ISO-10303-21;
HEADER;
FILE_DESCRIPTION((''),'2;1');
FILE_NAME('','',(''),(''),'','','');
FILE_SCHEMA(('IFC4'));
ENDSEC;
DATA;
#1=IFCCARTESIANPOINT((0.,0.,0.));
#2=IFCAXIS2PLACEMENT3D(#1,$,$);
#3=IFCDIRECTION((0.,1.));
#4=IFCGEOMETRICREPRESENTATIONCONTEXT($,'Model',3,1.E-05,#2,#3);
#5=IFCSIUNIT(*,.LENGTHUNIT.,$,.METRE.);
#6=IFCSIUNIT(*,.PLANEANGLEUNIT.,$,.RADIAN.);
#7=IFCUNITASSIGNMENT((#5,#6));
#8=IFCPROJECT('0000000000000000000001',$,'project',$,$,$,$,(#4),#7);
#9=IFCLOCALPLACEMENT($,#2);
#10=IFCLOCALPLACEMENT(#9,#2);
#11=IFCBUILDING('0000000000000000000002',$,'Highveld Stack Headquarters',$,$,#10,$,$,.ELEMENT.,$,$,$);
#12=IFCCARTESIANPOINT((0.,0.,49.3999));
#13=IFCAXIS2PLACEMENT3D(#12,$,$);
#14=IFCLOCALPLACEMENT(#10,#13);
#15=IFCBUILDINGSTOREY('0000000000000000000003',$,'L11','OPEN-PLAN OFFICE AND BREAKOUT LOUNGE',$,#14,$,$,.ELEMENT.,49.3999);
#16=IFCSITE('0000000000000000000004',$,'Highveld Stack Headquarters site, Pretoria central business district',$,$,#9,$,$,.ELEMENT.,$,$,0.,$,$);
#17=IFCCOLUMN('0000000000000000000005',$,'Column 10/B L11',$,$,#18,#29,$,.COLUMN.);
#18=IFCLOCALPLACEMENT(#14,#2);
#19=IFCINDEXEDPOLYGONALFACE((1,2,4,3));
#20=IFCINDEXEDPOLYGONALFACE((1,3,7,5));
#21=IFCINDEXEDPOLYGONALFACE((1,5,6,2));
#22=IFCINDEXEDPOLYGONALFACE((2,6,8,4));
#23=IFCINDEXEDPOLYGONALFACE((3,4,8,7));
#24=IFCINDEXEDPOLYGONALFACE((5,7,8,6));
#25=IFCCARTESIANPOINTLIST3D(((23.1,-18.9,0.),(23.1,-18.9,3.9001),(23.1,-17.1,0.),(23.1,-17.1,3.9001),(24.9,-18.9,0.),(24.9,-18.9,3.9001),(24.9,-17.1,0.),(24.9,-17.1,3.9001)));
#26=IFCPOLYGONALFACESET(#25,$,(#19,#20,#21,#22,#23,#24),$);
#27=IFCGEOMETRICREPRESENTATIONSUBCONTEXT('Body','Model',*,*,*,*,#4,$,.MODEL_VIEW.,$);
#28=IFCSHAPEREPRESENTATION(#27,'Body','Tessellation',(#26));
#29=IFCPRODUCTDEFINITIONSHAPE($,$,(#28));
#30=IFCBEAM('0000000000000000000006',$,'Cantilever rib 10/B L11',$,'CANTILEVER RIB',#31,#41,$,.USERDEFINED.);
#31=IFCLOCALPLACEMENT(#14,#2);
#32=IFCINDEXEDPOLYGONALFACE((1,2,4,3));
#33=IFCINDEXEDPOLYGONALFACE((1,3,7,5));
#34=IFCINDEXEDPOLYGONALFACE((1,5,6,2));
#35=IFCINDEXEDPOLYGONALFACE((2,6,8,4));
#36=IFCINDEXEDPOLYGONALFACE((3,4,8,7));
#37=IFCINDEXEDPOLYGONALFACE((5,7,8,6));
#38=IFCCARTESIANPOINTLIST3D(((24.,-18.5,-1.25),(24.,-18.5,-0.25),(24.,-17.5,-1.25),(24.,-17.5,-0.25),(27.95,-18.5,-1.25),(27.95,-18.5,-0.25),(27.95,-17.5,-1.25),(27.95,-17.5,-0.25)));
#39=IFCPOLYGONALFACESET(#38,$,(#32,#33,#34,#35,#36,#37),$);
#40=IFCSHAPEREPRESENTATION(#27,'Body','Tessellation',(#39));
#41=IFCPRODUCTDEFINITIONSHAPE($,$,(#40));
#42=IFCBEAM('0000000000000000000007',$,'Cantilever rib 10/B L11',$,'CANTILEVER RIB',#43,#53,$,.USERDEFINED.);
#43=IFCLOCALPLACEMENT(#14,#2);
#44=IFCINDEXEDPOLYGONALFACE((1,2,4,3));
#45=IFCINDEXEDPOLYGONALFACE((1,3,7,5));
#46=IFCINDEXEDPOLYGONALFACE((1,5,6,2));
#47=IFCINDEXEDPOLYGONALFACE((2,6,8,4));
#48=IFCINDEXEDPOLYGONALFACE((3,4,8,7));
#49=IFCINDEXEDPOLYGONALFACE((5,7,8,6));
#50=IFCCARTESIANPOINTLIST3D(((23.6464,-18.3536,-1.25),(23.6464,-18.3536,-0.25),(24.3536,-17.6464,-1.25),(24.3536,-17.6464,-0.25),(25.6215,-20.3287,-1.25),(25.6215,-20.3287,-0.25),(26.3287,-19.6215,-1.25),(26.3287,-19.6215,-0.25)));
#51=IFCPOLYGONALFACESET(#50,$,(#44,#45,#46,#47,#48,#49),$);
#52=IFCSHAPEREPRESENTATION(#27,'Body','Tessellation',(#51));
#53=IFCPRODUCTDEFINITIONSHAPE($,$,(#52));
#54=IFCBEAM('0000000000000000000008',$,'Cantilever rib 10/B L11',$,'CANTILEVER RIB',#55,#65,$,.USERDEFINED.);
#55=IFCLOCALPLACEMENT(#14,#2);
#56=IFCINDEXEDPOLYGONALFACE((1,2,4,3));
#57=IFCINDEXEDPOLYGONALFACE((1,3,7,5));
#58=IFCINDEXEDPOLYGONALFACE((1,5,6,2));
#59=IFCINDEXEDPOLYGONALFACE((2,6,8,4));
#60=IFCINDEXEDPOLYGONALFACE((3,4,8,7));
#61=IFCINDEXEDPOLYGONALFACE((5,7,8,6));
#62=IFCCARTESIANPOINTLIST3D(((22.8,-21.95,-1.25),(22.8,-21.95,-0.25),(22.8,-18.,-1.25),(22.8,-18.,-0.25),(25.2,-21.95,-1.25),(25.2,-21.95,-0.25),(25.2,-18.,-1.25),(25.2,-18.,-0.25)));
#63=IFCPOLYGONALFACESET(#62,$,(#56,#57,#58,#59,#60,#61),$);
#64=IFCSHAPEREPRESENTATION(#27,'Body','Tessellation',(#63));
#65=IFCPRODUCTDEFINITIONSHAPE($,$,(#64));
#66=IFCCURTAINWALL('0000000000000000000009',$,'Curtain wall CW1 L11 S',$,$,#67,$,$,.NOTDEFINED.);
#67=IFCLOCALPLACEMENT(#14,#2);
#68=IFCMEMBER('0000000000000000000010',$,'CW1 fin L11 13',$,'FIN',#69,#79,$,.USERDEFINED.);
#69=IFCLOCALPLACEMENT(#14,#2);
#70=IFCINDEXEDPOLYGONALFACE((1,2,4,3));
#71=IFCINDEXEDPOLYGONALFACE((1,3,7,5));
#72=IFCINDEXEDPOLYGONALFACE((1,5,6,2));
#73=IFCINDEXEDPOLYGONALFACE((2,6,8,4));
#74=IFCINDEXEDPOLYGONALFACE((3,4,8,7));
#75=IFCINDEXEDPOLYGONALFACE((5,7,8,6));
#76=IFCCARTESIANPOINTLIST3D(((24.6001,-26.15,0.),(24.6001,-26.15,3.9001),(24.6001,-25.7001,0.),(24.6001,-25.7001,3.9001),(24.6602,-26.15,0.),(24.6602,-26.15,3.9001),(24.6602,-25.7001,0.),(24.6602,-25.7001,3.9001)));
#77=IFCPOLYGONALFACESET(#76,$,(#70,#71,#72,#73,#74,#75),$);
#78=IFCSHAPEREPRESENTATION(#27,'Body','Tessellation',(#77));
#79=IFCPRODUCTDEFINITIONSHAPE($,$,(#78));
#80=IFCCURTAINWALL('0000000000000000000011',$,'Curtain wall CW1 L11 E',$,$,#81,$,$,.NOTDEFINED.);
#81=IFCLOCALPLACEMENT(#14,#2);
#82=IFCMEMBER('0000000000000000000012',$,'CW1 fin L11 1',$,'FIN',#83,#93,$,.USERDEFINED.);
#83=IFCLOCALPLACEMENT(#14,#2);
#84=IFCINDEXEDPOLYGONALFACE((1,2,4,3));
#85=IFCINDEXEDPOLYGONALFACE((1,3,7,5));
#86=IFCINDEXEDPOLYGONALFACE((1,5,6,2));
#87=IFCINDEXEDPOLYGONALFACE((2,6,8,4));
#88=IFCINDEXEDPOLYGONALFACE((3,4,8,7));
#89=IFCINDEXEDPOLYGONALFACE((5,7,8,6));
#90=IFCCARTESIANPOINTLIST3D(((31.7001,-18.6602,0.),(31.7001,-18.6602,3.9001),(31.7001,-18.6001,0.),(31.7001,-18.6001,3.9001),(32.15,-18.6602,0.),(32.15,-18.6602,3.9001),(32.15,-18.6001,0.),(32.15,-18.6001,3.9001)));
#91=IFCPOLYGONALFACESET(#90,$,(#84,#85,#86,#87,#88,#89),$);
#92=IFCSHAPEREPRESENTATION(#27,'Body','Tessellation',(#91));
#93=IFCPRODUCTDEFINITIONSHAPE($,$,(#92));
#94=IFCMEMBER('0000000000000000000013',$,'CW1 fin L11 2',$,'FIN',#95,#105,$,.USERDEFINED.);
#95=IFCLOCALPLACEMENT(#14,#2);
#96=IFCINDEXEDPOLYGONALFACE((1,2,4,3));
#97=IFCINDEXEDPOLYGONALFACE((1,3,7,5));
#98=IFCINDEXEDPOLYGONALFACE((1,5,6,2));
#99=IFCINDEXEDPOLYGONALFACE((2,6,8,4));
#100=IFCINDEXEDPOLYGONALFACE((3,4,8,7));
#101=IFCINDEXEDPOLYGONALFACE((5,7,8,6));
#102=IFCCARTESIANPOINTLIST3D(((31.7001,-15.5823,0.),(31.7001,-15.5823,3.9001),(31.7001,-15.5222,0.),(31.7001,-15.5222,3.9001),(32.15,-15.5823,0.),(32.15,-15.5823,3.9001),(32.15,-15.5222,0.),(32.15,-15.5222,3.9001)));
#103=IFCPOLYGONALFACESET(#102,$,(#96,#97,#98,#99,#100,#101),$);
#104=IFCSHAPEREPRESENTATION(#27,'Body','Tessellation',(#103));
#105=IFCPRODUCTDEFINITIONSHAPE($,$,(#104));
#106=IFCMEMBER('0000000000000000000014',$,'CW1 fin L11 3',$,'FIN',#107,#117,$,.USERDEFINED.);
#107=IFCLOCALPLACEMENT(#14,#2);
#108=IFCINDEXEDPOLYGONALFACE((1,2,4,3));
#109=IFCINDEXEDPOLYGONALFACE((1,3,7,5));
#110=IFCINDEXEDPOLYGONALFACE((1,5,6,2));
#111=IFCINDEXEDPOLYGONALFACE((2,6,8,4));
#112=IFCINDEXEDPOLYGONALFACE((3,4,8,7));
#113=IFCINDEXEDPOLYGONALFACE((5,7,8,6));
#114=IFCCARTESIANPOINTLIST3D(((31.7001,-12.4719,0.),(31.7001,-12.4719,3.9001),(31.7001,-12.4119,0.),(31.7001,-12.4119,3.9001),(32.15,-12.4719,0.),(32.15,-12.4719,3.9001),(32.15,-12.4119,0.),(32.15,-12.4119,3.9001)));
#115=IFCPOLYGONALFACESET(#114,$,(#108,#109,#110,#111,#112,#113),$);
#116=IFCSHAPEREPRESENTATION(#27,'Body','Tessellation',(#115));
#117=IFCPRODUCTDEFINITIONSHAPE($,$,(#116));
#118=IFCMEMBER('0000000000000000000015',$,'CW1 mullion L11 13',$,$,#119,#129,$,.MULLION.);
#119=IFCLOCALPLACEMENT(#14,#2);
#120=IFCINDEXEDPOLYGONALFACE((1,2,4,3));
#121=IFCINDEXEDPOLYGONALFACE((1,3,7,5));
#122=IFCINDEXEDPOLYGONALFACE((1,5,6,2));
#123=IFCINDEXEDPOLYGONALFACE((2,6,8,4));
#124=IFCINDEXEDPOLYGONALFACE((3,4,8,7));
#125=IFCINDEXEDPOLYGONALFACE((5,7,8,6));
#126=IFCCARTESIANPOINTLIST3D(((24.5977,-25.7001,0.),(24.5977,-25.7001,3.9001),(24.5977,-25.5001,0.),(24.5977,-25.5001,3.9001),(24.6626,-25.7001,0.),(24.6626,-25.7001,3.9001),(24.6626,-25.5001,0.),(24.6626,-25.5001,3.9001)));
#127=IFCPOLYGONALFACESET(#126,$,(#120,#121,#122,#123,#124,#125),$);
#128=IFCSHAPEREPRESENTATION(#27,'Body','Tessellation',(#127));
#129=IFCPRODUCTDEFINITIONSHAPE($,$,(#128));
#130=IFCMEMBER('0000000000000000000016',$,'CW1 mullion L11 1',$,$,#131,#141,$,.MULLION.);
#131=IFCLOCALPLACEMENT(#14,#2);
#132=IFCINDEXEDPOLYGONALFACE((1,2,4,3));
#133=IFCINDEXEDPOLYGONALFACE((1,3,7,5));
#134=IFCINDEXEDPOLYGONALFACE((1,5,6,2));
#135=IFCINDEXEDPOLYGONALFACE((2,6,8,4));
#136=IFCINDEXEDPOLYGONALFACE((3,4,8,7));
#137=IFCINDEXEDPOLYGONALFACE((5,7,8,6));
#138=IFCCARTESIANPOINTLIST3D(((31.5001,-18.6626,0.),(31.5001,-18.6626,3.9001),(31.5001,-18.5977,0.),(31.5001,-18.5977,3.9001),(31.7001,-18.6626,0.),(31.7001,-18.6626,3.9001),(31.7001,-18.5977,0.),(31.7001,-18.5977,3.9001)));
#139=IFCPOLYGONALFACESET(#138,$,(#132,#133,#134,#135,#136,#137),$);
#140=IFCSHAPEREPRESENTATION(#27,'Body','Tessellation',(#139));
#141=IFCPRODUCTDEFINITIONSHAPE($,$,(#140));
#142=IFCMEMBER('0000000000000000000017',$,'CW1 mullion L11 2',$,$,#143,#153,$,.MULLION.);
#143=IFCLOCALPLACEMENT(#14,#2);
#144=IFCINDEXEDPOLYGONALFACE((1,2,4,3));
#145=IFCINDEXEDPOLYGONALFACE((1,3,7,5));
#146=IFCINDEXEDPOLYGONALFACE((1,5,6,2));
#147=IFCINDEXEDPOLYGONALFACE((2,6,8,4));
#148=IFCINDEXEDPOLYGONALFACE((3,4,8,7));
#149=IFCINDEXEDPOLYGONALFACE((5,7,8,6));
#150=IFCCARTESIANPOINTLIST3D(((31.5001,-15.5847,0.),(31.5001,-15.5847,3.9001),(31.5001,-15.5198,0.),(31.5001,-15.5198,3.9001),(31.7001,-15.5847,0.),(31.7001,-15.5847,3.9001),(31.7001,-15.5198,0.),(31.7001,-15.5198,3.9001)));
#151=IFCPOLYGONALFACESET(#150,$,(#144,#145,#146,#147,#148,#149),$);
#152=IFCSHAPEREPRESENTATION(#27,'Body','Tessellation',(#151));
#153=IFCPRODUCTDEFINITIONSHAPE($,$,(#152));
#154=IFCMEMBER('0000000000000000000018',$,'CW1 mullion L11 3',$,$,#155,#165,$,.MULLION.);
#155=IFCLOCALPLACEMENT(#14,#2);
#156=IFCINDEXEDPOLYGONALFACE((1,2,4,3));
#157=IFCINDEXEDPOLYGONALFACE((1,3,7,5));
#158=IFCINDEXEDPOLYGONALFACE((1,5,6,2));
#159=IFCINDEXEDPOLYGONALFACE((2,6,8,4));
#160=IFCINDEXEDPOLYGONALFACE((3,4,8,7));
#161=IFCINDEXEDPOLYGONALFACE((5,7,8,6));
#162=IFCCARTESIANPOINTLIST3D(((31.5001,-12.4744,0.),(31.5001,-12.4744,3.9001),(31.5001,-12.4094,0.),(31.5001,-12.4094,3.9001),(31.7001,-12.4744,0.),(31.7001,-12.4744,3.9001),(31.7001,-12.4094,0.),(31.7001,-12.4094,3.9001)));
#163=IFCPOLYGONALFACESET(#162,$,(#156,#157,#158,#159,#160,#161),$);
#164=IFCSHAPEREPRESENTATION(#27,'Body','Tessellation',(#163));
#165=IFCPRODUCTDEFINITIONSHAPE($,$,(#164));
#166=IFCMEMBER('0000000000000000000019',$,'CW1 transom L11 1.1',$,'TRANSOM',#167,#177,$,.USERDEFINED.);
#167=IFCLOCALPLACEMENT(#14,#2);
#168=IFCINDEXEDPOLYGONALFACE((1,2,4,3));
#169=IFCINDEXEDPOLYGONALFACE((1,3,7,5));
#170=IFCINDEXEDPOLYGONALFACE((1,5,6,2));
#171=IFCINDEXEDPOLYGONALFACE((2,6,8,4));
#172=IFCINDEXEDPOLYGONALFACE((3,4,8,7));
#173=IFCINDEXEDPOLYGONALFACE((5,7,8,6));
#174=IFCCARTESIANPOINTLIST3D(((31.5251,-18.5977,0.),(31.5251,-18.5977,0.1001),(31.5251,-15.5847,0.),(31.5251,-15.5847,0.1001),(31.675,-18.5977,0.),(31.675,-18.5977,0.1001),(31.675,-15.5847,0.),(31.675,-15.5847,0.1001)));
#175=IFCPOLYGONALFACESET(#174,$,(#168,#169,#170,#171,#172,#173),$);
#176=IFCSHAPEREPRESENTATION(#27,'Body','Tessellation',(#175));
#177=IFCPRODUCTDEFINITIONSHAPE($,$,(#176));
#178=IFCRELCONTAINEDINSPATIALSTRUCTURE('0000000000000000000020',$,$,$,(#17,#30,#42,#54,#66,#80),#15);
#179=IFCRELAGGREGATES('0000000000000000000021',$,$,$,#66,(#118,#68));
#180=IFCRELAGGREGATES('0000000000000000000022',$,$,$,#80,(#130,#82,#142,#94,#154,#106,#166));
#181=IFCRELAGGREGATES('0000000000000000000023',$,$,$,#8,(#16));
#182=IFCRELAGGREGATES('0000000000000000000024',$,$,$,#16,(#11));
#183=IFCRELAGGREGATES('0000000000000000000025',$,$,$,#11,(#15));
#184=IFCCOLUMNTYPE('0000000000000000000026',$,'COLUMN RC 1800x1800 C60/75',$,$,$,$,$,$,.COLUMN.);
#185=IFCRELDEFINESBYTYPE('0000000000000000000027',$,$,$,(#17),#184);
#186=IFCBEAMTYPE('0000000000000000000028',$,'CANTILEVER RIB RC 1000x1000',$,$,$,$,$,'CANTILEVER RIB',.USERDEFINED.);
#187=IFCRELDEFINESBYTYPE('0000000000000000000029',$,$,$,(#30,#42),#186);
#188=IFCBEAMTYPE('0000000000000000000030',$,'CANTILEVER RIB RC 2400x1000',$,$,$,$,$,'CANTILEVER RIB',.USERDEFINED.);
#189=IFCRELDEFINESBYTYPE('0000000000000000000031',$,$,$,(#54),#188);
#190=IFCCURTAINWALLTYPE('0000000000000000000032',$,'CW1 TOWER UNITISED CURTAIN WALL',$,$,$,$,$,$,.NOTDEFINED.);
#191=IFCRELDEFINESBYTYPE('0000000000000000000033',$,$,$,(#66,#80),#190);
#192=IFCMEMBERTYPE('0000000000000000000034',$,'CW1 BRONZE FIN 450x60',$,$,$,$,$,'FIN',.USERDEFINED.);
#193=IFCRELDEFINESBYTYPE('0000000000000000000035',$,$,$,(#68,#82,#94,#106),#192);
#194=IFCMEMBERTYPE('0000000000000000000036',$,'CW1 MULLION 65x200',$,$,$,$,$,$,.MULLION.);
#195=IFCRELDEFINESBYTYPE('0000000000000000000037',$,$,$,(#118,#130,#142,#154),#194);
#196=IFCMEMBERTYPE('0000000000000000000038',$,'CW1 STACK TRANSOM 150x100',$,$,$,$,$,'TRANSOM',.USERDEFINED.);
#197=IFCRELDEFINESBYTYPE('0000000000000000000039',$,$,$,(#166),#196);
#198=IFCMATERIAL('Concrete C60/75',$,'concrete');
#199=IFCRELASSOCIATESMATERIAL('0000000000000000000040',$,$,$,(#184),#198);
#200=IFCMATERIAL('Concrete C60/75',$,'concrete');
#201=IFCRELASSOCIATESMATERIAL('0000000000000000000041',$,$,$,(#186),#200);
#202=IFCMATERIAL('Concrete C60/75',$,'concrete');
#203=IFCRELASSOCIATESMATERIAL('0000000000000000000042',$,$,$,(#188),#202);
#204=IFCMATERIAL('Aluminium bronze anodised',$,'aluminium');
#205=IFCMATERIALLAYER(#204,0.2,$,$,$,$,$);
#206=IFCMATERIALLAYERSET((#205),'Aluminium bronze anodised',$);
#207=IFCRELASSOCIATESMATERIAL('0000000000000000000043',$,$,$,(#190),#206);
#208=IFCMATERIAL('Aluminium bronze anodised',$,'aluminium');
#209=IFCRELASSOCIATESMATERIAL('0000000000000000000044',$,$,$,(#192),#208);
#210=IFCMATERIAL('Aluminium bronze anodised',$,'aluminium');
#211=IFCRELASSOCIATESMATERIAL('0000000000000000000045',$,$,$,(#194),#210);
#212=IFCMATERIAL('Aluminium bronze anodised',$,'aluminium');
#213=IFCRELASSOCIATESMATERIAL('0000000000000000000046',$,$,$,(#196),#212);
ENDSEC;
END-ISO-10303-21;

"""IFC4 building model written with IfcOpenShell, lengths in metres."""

from ifc_helpers import new_model, si_unit, direction, frame, origin, origin_2d, place, context, subcontext, project, spatial, rectangle, extrude, material, layer, layer_set, material_profile, profile_set, type_object, element, aggregate, save


model = new_model("IFC4")

# Units and contexts
model_context = context("Model", 3, precision=1e-05, world=origin(), true_north=direction((0.0, 1.0)))
body_context = subcontext(model_context, "Body", "Model", "MODEL_VIEW")
ifc_project = project(units=[si_unit("LENGTHUNIT", "METRE"), si_unit("PLANEANGLEUNIT", "RADIAN")], contexts=[model_context])

# Site, building, storey
site_placement = place(None, origin())
site = spatial("IfcSite", under=ifc_project, at=site_placement, Name="Highveld Stack Headquarters site, Pretoria central business district", CompositionType="ELEMENT", RefElevation=0.0)
building_placement = place(site_placement, origin())
building = spatial("IfcBuilding", under=site, at=building_placement, Name="Highveld Stack Headquarters", CompositionType="ELEMENT")
storey_placement = place(building_placement, frame((0.0, 0.0, 49.3999)))
storey = spatial("IfcBuildingStorey", under=building, at=storey_placement, Name="L11", Description="OPEN-PLAN OFFICE AND BREAKOUT LOUNGE", CompositionType="ELEMENT", Elevation=49.3999)

# Column
ifc_material_1 = material(Name="Concrete C60/75", Category="concrete")
ifc_material_profile_1 = material_profile(ifc_material_1, rectangle(XDim=1.8, YDim=1.8, at=origin_2d()), Name="RC 1800x1800")
ifc_profile_set_1 = profile_set([ifc_material_profile_1], Name="Concrete C60/75")
column_type = type_object("IfcColumnType", Name="COLUMN RC 1800x1800 C60/75", PredefinedType="COLUMN", material=ifc_profile_set_1)
column_placement = place(storey_placement, frame((24.0, -18.0, 0.0), z_axis=(0.0, 0.0, 1.0), x_axis=(1.0, 0.0, 0.0)))
element("IfcColumn", 1, at=column_placement, inside=storey, type_object=column_type, Name="Column 10/B L11", PredefinedType="COLUMN", context=body_context, shape_type="SweptSolid", body=[
    extrude(rectangle(XDim=1.8, YDim=1.8, at=origin_2d()), origin(), (0.0, 0.0, 1.0), 3.9001),
])

# Beams
ifc_material_2 = material(Name="Concrete C60/75", Category="concrete")
ifc_material_profile_2 = material_profile(ifc_material_2, rectangle(XDim=1.0, YDim=1.0, at=origin_2d()), Name="RC 1000x1000")
ifc_profile_set_2 = profile_set([ifc_material_profile_2], Name="Concrete C60/75")
beam_type_1 = type_object("IfcBeamType", Name="CANTILEVER RIB RC 1000x1000", ElementType="CANTILEVER RIB", PredefinedType="USERDEFINED", material=ifc_profile_set_2)
beam_1_placement = place(storey_placement, frame((24.0, -18.0, -0.75), z_axis=(1.0, 0.0, 0.0), x_axis=(0.0, 1.0, 0.0)))
element("IfcBeam", 2, at=beam_1_placement, inside=storey, type_object=beam_type_1, Name="Cantilever rib 10/B L11", ObjectType="CANTILEVER RIB", PredefinedType="USERDEFINED", context=body_context, shape_type="SweptSolid", body=[
    extrude(rectangle(XDim=1.0, YDim=1.0, at=origin_2d()), origin(), (0.0, 0.0, 1.0), 3.95),
])
beam_2_placement = place(storey_placement, frame((24.0, -18.0, -0.75), z_axis=(0.707107, -0.707107, 0.0), x_axis=(0.707107, 0.707107, 0.0)))
element("IfcBeam", 3, at=beam_2_placement, inside=storey, type_object=beam_type_1, Name="Cantilever rib 10/B L11", ObjectType="CANTILEVER RIB", PredefinedType="USERDEFINED", context=body_context, shape_type="SweptSolid", body=[
    extrude(rectangle(XDim=1.0, YDim=1.0, at=origin_2d()), origin(), (0.0, 0.0, 1.0), 2.7932),
])
ifc_material_3 = material(Name="Concrete C60/75", Category="concrete")
ifc_material_profile_3 = material_profile(ifc_material_3, rectangle(XDim=2.3999, YDim=1.0, at=origin_2d()), Name="RC 2400x1000")
ifc_profile_set_3 = profile_set([ifc_material_profile_3], Name="Concrete C60/75")
beam_type_2 = type_object("IfcBeamType", Name="CANTILEVER RIB RC 2400x1000", ElementType="CANTILEVER RIB", PredefinedType="USERDEFINED", material=ifc_profile_set_3)
beam_3_placement = place(storey_placement, frame((24.0, -18.0, -0.75), z_axis=(0.0, -1.0, 0.0), x_axis=(1.0, 0.0, 0.0)))
element("IfcBeam", 4, at=beam_3_placement, inside=storey, type_object=beam_type_2, Name="Cantilever rib 10/B L11", ObjectType="CANTILEVER RIB", PredefinedType="USERDEFINED", context=body_context, shape_type="SweptSolid", body=[
    extrude(rectangle(XDim=2.3999, YDim=1.0, at=origin_2d()), origin(), (0.0, 0.0, 1.0), 3.95),
])

# Curtain wall, member
ifc_material_4 = material(Name="Aluminium bronze anodised", Category="aluminium")
ifc_layer_1 = layer(ifc_material_4, 0.2)
ifc_layer_set_1 = layer_set([ifc_layer_1], Name="Aluminium bronze anodised")
curtain_wall_type_1 = type_object("IfcCurtainWallType", Name="CW1 TOWER UNITISED CURTAIN WALL", PredefinedType="NOTDEFINED", material=ifc_layer_set_1)
curtain_wall_1_placement = place(storey_placement, origin())
curtain_wall_1 = element("IfcCurtainWall", 5, at=curtain_wall_1_placement, inside=storey, type_object=curtain_wall_type_1, Name="Curtain wall CW1 L11 S", PredefinedType="NOTDEFINED")
ifc_material_5 = material(Name="Aluminium bronze anodised", Category="aluminium")
ifc_material_profile_4 = material_profile(ifc_material_5, rectangle(XDim=0.45, YDim=0.0601, at=origin_2d()), Name="FIN 450x60")
ifc_profile_set_4 = profile_set([ifc_material_profile_4], Name="Aluminium bronze anodised")
member_type_1 = type_object("IfcMemberType", Name="CW1 BRONZE FIN 450x60", ElementType="FIN", PredefinedType="USERDEFINED", material=ifc_profile_set_4)
member_1_placement = place(storey_placement, frame((24.6301, -25.925, 0.0), z_axis=(0.0, 0.0, 1.0), x_axis=(0.0, 1.0, 0.0)))
member_1 = element("IfcMember", 6, at=member_1_placement, type_object=member_type_1, Name="CW1 fin L11 13", ObjectType="FIN", PredefinedType="USERDEFINED", context=body_context, shape_type="SweptSolid", body=[
    extrude(rectangle(XDim=0.45, YDim=0.0601, at=origin_2d()), origin(), (0.0, 0.0, 1.0), 3.9001),
])

# Curtain wall, members
curtain_wall_2_placement = place(storey_placement, origin())
curtain_wall_2 = element("IfcCurtainWall", 7, at=curtain_wall_2_placement, inside=storey, type_object=curtain_wall_type_1, Name="Curtain wall CW1 L11 E", PredefinedType="NOTDEFINED")
member_2_placement = place(storey_placement, frame((31.925, -18.6301, 0.0), z_axis=(0.0, 0.0, 1.0), x_axis=(-1.0, 0.0, 0.0)))
member_2 = element("IfcMember", 8, at=member_2_placement, type_object=member_type_1, Name="CW1 fin L11 1", ObjectType="FIN", PredefinedType="USERDEFINED", context=body_context, shape_type="SweptSolid", body=[
    extrude(rectangle(XDim=0.45, YDim=0.0601, at=origin_2d()), origin(), (0.0, 0.0, 1.0), 3.9001),
])
member_3_placement = place(storey_placement, frame((31.925, -15.5522, 0.0), z_axis=(0.0, 0.0, 1.0), x_axis=(-1.0, 0.0, 0.0)))
member_3 = element("IfcMember", 9, at=member_3_placement, type_object=member_type_1, Name="CW1 fin L11 2", ObjectType="FIN", PredefinedType="USERDEFINED", context=body_context, shape_type="SweptSolid", body=[
    extrude(rectangle(XDim=0.45, YDim=0.0601, at=origin_2d()), origin(), (0.0, 0.0, 1.0), 3.9001),
])
member_4_placement = place(storey_placement, frame((31.925, -12.4419, 0.0), z_axis=(0.0, 0.0, 1.0), x_axis=(-1.0, 0.0, 0.0)))
member_4 = element("IfcMember", 10, at=member_4_placement, type_object=member_type_1, Name="CW1 fin L11 3", ObjectType="FIN", PredefinedType="USERDEFINED", context=body_context, shape_type="SweptSolid", body=[
    extrude(rectangle(XDim=0.45, YDim=0.0601, at=origin_2d()), origin(), (0.0, 0.0, 1.0), 3.9001),
])

# Members
ifc_material_6 = material(Name="Aluminium bronze anodised", Category="aluminium")
ifc_material_profile_5 = material_profile(ifc_material_6, rectangle(XDim=0.2, YDim=0.0649, at=origin_2d()), Name="CW1 MULLION 65x200")
ifc_profile_set_5 = profile_set([ifc_material_profile_5], Name="Aluminium bronze anodised")
member_type_2 = type_object("IfcMemberType", Name="CW1 MULLION 65x200", PredefinedType="MULLION", material=ifc_profile_set_5)
member_5_placement = place(storey_placement, frame((24.6301, -25.6001, 0.0), z_axis=(0.0, 0.0, 1.0), x_axis=(0.0, 1.0, 0.0)))
member_5 = element("IfcMember", 11, at=member_5_placement, type_object=member_type_2, Name="CW1 mullion L11 13", PredefinedType="MULLION", context=body_context, shape_type="SweptSolid", body=[
    extrude(rectangle(XDim=0.2, YDim=0.0649, at=origin_2d()), origin(), (0.0, 0.0, 1.0), 3.9001),
])
aggregate(curtain_wall_1, [member_5, member_1])
member_6_placement = place(storey_placement, frame((31.6001, -18.6301, 0.0), z_axis=(0.0, 0.0, 1.0), x_axis=(-1.0, 0.0, 0.0)))
member_6 = element("IfcMember", 12, at=member_6_placement, type_object=member_type_2, Name="CW1 mullion L11 1", PredefinedType="MULLION", context=body_context, shape_type="SweptSolid", body=[
    extrude(rectangle(XDim=0.2, YDim=0.0649, at=origin_2d()), origin(), (0.0, 0.0, 1.0), 3.9001),
])
member_7_placement = place(storey_placement, frame((31.6001, -15.5522, 0.0), z_axis=(0.0, 0.0, 1.0), x_axis=(-1.0, 0.0, 0.0)))
member_7 = element("IfcMember", 13, at=member_7_placement, type_object=member_type_2, Name="CW1 mullion L11 2", PredefinedType="MULLION", context=body_context, shape_type="SweptSolid", body=[
    extrude(rectangle(XDim=0.2, YDim=0.0649, at=origin_2d()), origin(), (0.0, 0.0, 1.0), 3.9001),
])
member_8_placement = place(storey_placement, frame((31.6001, -12.4419, 0.0), z_axis=(0.0, 0.0, 1.0), x_axis=(-1.0, 0.0, 0.0)))
member_8 = element("IfcMember", 14, at=member_8_placement, type_object=member_type_2, Name="CW1 mullion L11 3", PredefinedType="MULLION", context=body_context, shape_type="SweptSolid", body=[
    extrude(rectangle(XDim=0.2, YDim=0.0649, at=origin_2d()), origin(), (0.0, 0.0, 1.0), 3.9001),
])
ifc_material_7 = material(Name="Aluminium bronze anodised", Category="aluminium")
ifc_material_profile_6 = material_profile(ifc_material_7, rectangle(XDim=0.1499, YDim=0.1001, at=origin_2d()), Name="CW1 TRANSOM 150x100")
ifc_profile_set_6 = profile_set([ifc_material_profile_6], Name="Aluminium bronze anodised")
member_type_3 = type_object("IfcMemberType", Name="CW1 STACK TRANSOM 150x100", ElementType="TRANSOM", PredefinedType="USERDEFINED", material=ifc_profile_set_6)
member_9_placement = place(storey_placement, frame((31.6001, -18.5977, 0.05), z_axis=(0.0, 1.0, 0.0), x_axis=(-1.0, 0.0, 0.0)))
member_9 = element("IfcMember", 15, at=member_9_placement, type_object=member_type_3, Name="CW1 transom L11 1.1", ObjectType="TRANSOM", PredefinedType="USERDEFINED", context=body_context, shape_type="SweptSolid", body=[
    extrude(rectangle(XDim=0.1499, YDim=0.1001, at=origin_2d()), origin(), (0.0, 0.0, 1.0), 3.0129),
])

aggregate(curtain_wall_2, [member_6, member_2, member_7, member_3, member_8, member_4, member_9])

save(model, "model.ifc")
